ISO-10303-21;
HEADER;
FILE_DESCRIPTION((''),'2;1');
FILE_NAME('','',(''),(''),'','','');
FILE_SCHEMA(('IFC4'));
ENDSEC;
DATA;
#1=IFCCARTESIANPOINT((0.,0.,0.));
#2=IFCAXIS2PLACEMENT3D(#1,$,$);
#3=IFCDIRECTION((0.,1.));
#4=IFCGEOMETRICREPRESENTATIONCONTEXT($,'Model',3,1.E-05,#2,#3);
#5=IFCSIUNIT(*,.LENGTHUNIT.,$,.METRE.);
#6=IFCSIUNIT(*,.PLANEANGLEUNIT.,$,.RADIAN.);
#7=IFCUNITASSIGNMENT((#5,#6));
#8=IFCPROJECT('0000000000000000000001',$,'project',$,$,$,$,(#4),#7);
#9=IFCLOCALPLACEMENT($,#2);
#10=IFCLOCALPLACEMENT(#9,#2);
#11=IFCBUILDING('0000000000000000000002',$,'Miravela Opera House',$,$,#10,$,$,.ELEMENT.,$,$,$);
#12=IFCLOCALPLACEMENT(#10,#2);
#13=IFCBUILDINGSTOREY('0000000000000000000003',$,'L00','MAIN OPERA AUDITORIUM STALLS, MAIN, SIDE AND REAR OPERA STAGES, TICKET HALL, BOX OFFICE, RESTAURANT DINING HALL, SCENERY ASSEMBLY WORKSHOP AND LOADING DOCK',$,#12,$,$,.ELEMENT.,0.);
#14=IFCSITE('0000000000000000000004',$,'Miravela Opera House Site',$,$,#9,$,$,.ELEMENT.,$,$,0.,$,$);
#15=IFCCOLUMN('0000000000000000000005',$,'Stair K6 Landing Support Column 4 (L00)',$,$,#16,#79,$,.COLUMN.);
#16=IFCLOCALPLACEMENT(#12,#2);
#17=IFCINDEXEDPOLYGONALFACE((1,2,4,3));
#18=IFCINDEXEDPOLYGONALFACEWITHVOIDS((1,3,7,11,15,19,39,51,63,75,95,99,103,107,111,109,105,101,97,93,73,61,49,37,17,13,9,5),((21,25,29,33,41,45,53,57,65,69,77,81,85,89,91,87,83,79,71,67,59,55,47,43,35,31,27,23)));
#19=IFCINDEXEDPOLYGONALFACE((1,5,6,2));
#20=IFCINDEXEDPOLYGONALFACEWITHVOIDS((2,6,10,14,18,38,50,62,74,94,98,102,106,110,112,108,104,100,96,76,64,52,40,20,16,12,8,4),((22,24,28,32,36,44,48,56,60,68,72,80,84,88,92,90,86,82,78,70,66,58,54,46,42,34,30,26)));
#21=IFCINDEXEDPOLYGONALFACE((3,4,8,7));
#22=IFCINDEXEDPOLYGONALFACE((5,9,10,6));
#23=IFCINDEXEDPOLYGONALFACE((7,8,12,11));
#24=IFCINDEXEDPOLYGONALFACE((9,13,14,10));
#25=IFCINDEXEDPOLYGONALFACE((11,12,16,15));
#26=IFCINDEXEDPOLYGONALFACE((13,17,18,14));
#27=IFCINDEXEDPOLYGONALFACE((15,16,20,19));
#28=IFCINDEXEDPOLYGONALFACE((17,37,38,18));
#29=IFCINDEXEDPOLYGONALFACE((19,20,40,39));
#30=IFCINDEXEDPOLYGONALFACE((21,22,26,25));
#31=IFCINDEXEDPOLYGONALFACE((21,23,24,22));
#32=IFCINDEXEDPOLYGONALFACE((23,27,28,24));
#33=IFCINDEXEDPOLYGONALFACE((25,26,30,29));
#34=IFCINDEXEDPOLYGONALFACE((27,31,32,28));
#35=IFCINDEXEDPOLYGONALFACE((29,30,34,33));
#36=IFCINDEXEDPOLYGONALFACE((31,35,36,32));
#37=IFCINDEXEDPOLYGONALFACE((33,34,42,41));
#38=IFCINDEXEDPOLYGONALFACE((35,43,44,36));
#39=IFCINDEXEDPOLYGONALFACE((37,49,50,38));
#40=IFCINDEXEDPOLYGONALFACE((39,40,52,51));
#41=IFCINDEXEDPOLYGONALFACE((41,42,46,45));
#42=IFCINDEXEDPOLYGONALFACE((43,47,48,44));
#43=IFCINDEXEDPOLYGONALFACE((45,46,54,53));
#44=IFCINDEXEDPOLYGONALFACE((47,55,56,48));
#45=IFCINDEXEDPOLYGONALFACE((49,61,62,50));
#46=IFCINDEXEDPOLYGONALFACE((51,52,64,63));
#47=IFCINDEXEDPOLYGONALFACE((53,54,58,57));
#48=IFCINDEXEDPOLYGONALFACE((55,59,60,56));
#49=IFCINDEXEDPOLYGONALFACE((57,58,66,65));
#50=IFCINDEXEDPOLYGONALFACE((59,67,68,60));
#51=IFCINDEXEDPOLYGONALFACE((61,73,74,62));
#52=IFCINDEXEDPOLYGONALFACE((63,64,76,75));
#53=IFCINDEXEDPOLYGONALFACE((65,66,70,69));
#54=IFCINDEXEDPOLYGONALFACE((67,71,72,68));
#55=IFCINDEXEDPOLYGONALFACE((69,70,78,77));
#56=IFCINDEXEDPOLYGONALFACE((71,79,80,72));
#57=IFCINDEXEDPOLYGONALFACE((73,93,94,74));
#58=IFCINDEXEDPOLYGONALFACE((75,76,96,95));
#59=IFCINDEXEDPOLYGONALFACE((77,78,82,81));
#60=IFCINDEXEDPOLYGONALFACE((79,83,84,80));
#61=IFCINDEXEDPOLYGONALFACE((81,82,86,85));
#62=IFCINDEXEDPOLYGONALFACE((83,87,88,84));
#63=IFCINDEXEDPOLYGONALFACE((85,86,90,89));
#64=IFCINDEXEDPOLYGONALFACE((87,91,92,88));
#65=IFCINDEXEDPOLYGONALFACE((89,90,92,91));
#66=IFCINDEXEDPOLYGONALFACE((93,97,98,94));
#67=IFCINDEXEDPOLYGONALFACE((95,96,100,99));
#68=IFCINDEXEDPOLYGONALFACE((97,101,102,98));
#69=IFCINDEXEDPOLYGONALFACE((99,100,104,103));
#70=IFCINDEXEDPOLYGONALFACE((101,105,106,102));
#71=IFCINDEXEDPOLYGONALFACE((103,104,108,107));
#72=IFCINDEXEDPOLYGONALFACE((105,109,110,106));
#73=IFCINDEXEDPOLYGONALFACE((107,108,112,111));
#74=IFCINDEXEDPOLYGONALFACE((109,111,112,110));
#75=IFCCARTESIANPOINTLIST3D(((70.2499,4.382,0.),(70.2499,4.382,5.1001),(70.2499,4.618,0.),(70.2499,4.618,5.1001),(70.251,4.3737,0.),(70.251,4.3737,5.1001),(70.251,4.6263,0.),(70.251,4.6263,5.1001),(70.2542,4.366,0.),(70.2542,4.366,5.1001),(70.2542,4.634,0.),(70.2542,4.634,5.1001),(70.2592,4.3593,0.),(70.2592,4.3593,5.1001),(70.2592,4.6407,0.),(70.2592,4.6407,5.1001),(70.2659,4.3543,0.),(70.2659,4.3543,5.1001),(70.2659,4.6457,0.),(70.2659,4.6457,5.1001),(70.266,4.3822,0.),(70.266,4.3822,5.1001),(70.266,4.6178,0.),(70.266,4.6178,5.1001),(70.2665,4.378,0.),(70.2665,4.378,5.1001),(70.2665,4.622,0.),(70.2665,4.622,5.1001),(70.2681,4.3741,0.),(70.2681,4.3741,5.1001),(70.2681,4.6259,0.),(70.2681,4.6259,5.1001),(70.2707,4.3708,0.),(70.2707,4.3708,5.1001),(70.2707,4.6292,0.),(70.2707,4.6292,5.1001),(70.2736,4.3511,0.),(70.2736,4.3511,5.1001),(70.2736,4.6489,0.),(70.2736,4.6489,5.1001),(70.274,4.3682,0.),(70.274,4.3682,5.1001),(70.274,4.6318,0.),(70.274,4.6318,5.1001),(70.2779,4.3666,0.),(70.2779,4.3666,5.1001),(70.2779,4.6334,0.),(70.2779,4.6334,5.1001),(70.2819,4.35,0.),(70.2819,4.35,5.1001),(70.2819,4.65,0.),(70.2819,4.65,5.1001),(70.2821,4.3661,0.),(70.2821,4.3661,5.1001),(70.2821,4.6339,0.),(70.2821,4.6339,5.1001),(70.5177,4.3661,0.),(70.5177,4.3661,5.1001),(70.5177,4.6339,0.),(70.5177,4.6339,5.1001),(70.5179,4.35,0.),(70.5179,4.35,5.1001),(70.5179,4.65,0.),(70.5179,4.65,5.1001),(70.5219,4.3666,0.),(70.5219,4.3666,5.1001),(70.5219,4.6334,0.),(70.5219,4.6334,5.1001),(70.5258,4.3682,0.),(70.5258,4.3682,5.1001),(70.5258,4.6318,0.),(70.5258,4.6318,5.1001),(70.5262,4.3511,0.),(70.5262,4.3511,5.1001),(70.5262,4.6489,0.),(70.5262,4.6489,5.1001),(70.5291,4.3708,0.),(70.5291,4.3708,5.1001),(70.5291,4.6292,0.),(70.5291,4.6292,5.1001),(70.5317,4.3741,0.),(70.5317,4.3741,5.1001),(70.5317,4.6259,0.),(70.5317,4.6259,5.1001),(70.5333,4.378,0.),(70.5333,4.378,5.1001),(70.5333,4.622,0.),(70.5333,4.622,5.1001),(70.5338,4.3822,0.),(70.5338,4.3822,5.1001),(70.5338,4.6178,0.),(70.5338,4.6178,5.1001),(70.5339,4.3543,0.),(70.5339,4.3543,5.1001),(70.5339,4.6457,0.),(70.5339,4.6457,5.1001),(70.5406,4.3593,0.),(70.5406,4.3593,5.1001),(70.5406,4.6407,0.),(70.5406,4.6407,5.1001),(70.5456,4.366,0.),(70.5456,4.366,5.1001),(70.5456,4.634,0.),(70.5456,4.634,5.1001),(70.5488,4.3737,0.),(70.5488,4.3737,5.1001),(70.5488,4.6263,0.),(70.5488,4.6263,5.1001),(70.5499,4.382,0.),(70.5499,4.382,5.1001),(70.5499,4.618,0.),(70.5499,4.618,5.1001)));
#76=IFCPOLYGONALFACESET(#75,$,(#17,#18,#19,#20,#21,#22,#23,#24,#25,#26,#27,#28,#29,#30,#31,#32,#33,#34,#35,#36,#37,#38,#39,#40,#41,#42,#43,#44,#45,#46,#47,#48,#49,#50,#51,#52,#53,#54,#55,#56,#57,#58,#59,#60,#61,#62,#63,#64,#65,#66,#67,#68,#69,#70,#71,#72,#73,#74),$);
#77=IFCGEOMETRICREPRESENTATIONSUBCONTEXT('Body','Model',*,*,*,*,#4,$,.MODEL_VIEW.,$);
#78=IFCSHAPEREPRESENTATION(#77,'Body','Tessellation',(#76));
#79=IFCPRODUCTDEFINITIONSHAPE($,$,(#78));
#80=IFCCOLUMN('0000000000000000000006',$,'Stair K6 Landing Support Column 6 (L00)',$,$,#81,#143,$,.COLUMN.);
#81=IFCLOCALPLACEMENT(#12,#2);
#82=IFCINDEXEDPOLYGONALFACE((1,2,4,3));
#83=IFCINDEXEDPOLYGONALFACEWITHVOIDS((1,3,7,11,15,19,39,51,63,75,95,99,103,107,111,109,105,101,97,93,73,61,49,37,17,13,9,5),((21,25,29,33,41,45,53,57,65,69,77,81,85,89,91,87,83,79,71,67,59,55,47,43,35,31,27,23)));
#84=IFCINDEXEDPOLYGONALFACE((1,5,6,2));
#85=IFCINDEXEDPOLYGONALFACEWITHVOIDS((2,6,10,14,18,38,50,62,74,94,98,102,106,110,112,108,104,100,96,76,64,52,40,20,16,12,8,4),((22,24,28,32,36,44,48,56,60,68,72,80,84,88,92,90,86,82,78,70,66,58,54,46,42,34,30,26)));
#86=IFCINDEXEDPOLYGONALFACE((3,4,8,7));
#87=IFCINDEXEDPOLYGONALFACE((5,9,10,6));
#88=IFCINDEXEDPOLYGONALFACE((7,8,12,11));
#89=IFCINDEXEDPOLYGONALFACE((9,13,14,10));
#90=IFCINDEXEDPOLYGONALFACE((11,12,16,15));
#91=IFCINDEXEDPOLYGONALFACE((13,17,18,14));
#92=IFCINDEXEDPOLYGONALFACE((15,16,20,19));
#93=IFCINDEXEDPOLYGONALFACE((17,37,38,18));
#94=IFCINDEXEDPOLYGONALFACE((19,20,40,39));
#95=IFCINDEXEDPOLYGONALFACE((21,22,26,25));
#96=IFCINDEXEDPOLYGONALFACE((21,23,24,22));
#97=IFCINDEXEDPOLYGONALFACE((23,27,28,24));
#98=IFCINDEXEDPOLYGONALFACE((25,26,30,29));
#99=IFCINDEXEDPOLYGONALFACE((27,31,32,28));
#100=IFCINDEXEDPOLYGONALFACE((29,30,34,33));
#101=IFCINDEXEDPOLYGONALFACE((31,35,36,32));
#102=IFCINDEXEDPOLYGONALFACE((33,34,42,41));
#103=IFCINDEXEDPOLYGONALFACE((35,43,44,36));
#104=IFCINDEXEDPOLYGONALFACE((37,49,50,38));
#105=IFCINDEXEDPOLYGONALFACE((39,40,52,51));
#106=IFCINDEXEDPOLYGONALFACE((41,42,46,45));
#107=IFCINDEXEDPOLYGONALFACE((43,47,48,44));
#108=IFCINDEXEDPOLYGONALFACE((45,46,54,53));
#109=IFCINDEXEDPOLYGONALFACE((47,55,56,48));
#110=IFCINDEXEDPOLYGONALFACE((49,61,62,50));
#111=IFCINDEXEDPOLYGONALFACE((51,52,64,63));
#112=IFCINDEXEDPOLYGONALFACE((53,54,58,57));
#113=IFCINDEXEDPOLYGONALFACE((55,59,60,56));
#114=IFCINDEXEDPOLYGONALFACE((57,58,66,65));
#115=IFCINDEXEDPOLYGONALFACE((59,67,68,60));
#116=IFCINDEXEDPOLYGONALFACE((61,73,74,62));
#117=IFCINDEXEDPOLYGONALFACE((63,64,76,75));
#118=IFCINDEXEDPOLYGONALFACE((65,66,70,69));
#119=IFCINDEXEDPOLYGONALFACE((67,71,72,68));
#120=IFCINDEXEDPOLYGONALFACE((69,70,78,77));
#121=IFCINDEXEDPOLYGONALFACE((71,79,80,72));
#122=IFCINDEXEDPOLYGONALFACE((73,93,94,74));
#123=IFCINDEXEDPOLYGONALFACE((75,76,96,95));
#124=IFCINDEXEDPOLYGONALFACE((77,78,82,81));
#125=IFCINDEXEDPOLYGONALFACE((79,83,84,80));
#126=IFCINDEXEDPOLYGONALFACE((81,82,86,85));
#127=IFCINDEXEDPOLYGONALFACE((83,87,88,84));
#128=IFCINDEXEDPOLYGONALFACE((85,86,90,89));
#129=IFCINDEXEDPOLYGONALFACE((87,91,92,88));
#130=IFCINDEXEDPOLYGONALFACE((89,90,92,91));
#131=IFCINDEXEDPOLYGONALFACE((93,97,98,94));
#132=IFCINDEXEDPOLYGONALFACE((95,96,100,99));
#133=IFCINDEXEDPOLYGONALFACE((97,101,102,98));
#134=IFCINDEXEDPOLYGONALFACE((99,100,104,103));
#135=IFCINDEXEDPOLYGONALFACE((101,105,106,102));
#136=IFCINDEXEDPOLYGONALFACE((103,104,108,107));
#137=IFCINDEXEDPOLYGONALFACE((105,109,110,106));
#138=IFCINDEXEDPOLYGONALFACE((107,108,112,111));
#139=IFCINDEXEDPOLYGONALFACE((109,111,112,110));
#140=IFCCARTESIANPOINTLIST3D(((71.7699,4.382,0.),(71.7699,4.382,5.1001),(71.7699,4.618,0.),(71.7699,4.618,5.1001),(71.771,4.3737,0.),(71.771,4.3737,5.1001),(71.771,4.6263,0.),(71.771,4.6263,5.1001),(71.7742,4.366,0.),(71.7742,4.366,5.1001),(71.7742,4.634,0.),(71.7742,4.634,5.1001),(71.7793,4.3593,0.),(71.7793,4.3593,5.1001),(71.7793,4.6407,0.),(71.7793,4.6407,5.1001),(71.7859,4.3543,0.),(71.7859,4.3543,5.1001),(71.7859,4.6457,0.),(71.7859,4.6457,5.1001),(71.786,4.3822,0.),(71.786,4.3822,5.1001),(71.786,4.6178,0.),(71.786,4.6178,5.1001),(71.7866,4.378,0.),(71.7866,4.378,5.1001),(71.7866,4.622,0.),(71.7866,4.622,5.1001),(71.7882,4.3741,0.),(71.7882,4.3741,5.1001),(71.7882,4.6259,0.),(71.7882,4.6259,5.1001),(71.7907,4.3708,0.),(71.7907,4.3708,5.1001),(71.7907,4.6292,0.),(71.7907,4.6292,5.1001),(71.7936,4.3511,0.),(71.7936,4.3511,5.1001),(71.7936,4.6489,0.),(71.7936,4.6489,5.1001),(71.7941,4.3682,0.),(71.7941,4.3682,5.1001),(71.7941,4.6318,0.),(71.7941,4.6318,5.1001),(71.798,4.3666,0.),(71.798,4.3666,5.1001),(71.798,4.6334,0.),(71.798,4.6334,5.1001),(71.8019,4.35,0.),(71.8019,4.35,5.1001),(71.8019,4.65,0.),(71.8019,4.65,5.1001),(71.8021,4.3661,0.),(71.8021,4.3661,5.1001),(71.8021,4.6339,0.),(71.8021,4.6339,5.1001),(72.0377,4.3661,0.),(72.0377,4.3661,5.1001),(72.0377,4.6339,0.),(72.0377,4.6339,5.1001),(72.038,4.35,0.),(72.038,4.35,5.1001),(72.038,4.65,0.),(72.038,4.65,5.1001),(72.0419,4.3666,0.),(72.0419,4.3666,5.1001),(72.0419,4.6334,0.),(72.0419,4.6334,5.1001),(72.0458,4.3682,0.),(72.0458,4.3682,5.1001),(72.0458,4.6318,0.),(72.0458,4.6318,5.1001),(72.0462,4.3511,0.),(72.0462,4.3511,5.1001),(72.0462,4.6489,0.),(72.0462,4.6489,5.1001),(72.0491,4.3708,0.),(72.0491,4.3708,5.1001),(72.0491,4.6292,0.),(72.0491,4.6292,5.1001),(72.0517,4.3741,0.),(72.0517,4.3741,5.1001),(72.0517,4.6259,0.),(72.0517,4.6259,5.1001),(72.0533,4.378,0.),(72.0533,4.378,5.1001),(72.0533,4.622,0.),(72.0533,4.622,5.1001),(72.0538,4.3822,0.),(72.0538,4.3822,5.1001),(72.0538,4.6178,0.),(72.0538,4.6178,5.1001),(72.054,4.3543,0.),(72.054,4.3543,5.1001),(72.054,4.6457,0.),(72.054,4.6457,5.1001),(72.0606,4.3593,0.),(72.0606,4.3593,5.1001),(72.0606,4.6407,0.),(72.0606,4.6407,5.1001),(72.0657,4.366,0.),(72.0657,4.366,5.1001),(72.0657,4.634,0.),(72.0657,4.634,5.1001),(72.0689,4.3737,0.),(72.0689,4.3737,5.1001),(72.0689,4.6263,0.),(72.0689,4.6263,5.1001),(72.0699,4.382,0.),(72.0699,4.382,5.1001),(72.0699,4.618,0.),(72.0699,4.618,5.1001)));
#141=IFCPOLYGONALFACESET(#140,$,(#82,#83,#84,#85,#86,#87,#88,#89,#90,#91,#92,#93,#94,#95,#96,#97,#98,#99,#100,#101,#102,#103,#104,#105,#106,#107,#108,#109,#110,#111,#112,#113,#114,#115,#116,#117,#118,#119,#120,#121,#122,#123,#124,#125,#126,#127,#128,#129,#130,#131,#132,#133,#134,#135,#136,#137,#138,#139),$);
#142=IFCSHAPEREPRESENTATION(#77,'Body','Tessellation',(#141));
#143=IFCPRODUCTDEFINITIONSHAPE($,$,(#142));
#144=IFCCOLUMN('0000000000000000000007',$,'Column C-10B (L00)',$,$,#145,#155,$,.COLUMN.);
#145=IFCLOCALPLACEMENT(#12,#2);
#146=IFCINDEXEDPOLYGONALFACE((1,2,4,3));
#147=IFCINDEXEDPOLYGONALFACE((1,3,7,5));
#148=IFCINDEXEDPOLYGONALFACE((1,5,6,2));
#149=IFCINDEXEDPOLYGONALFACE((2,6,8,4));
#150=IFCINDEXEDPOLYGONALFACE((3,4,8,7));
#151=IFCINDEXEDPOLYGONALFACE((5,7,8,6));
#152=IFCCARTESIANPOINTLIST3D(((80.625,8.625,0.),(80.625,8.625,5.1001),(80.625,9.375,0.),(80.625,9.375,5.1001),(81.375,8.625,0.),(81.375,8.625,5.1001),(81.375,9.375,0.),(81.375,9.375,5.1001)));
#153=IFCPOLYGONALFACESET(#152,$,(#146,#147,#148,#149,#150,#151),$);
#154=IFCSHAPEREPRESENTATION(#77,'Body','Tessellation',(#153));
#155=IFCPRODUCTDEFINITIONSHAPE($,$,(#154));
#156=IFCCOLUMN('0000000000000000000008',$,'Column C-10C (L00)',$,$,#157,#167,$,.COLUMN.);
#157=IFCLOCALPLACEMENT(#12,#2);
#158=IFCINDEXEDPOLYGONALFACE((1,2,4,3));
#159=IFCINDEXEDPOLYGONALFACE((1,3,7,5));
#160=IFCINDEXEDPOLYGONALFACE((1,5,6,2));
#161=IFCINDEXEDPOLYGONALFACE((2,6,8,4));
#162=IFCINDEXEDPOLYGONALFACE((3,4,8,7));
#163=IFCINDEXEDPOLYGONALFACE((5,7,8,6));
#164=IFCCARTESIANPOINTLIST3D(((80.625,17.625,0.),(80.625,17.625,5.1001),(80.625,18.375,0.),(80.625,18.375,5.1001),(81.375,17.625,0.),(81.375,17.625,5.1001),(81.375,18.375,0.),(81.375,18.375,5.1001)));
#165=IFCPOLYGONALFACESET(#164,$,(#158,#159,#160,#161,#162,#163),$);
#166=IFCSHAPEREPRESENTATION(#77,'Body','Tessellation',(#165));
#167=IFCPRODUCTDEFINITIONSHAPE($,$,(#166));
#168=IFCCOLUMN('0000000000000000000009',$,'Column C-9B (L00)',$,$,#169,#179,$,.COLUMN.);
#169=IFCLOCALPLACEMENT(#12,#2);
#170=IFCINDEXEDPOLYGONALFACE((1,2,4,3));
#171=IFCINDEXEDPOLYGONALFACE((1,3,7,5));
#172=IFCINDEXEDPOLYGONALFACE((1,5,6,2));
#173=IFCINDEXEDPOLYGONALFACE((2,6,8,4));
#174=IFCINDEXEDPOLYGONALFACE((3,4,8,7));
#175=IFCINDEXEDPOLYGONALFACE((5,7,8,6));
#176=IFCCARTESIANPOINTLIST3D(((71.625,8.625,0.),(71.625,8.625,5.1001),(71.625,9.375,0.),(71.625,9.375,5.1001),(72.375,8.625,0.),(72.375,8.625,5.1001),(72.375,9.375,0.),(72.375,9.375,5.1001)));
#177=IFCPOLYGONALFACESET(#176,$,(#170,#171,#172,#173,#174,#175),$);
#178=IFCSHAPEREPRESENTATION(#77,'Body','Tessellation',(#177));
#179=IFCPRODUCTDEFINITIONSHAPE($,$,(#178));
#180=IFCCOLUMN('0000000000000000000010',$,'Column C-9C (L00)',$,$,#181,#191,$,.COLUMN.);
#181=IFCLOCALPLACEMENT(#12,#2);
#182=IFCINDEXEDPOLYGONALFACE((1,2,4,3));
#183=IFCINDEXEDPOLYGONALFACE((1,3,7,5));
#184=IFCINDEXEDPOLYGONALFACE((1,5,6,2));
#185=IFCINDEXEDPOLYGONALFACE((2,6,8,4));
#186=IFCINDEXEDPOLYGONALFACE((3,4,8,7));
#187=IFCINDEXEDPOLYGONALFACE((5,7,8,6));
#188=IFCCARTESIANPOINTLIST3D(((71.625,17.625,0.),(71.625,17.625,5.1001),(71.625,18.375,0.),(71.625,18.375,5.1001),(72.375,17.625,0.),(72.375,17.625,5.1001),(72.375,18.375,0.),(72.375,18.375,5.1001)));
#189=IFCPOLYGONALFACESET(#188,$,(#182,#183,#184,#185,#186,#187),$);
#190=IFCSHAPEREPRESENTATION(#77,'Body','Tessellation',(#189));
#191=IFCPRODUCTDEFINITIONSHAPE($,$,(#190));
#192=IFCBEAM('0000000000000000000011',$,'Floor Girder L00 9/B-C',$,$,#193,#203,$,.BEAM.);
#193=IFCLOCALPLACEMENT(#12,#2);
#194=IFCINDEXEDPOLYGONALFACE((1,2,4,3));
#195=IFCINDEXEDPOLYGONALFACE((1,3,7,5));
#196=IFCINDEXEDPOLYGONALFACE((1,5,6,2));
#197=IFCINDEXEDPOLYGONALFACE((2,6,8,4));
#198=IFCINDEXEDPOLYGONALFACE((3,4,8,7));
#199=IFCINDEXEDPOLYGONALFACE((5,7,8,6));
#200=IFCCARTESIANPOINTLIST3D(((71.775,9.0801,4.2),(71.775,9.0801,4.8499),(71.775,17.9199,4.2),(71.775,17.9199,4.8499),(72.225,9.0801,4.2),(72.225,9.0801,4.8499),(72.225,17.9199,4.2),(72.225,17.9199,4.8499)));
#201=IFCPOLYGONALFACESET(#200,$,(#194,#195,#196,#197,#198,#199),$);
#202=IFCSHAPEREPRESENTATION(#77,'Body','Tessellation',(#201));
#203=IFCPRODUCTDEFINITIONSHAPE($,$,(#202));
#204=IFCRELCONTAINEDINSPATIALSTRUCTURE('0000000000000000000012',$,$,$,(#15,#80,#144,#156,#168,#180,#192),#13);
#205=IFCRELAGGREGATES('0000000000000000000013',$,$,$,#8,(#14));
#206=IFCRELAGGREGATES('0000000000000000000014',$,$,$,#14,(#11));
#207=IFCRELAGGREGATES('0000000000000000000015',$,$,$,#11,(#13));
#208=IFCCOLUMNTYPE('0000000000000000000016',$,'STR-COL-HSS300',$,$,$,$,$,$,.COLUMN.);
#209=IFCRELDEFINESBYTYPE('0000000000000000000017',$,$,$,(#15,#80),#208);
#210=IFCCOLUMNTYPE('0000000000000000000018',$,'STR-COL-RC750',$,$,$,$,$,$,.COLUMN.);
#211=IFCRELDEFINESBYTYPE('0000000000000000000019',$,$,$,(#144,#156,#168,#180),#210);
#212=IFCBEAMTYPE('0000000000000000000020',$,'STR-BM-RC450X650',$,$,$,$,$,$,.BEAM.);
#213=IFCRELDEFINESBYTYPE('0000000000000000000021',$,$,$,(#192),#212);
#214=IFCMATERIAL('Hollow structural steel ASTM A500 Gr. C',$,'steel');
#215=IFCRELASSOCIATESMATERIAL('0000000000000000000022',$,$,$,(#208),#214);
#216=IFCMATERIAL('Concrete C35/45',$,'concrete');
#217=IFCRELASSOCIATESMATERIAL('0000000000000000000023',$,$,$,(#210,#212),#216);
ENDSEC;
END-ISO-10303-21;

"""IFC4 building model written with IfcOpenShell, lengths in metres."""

from ifc_helpers import new_model, si_unit, direction, frame, origin, origin_2d, place, context, subcontext, project, spatial, rectangle, hollow_rectangle, extrude, material, material_profile, profile_set, type_object, element, save


model = new_model("IFC4")

# Units and contexts
model_context = context("Model", 3, precision=1e-05, world=origin(), true_north=direction((0.0, 1.0)))
body_context = subcontext(model_context, "Body", "Model", "MODEL_VIEW")
ifc_project = project(units=[si_unit("LENGTHUNIT", "METRE"), si_unit("PLANEANGLEUNIT", "RADIAN")], contexts=[model_context])

# Site, building, storey
site_placement = place(None, origin())
site = spatial("IfcSite", under=ifc_project, at=site_placement, Name="Miravela Opera House Site", CompositionType="ELEMENT", RefElevation=0.0)
building_placement = place(site_placement, origin())
building = spatial("IfcBuilding", under=site, at=building_placement, Name="Miravela Opera House", CompositionType="ELEMENT")
storey_placement = place(building_placement, origin())
storey = spatial("IfcBuildingStorey", under=building, at=storey_placement, Name="L00", Description="MAIN OPERA AUDITORIUM STALLS, MAIN, SIDE AND REAR OPERA STAGES, TICKET HALL, BOX OFFICE, RESTAURANT DINING HALL, SCENERY ASSEMBLY WORKSHOP AND LOADING DOCK", CompositionType="ELEMENT", Elevation=0.0)

# Columns
ifc_material_1 = material(Name="Hollow structural steel ASTM A500 Gr. C", Category="steel")
ifc_material_profile_1 = material_profile(ifc_material_1, hollow_rectangle(XDim=0.3, YDim=0.3, WallThickness=0.0161, InnerFilletRadius=0.0161, OuterFilletRadius=0.032, at=origin_2d()), Name="HSS300X300X16")
ifc_profile_set_1 = profile_set([ifc_material_profile_1])
column_type_1 = type_object("IfcColumnType", Name="STR-COL-HSS300", PredefinedType="COLUMN", material=ifc_profile_set_1)
for number, where, z_axis, x_axis, name in (
    (1, (70.3999, 4.5, 0.0), (0.0, 0.0, 1.0), (1.0, 0.0, 0.0), "Stair K6 Landing Support Column 4 (L00)"),
    (2, (71.9199, 4.5, 0.0), (0.0, 0.0, 1.0), (1.0, 0.0, 0.0), "Stair K6 Landing Support Column 6 (L00)"),
):
    element("IfcColumn", number, at=place(storey_placement, frame(where, z_axis=z_axis, x_axis=x_axis)), inside=storey, type_object=column_type_1, Name=name, PredefinedType="COLUMN", context=body_context, shape_type="SweptSolid", body=[
        extrude(hollow_rectangle(XDim=0.3, YDim=0.3, WallThickness=0.0161, InnerFilletRadius=0.0161, OuterFilletRadius=0.032, at=origin_2d()), origin(), (0.0, 0.0, 1.0), 5.1001),
    ])
ifc_material_2 = material(Name="Concrete C35/45", Category="concrete")
ifc_material_profile_2 = material_profile(ifc_material_2, rectangle(XDim=0.75, YDim=0.75, at=origin_2d()), Name="RC-COL-750X750")
ifc_profile_set_2 = profile_set([ifc_material_profile_2])
column_type_2 = type_object("IfcColumnType", Name="STR-COL-RC750", PredefinedType="COLUMN", material=ifc_profile_set_2)
for number, where, z_axis, x_axis, name in (
    (3, (81.0, 9.0, 0.0), (0.0, 0.0, 1.0), (1.0, 0.0, 0.0), "Column C-10B (L00)"),
    (4, (81.0, 18.0, 0.0), (0.0, 0.0, 1.0), (1.0, 0.0, 0.0), "Column C-10C (L00)"),
    (5, (72.0, 9.0, 0.0), (0.0, 0.0, 1.0), (1.0, 0.0, 0.0), "Column C-9B (L00)"),
    (6, (72.0, 18.0, 0.0), (0.0, 0.0, 1.0), (1.0, 0.0, 0.0), "Column C-9C (L00)"),
):
    element("IfcColumn", number, at=place(storey_placement, frame(where, z_axis=z_axis, x_axis=x_axis)), inside=storey, type_object=column_type_2, Name=name, PredefinedType="COLUMN", context=body_context, shape_type="SweptSolid", body=[
        extrude(rectangle(XDim=0.75, YDim=0.75, at=origin_2d()), origin(), (0.0, 0.0, 1.0), 5.1001),
    ])

# Beam
ifc_material_profile_3 = material_profile(ifc_material_2, rectangle(XDim=0.45, YDim=0.6499, at=origin_2d()), Name="RC-BM-450X650")
ifc_profile_set_3 = profile_set([ifc_material_profile_3])
beam_type_1 = type_object("IfcBeamType", Name="STR-BM-RC450X650", PredefinedType="BEAM", material=ifc_profile_set_3)
beam_1_placement = place(storey_placement, frame((72.0, 9.0801, 4.5249), z_axis=(0.0, 1.0, 0.0), x_axis=(-1.0, 0.0, 0.0)))
element("IfcBeam", 7, at=beam_1_placement, inside=storey, type_object=beam_type_1, Name="Floor Girder L00 9/B-C", PredefinedType="BEAM", context=body_context, shape_type="SweptSolid", body=[
    extrude(rectangle(XDim=0.45, YDim=0.6499, at=origin_2d()), origin(), (0.0, 0.0, 1.0), 8.8398),
])

save(model, "model.ifc")
